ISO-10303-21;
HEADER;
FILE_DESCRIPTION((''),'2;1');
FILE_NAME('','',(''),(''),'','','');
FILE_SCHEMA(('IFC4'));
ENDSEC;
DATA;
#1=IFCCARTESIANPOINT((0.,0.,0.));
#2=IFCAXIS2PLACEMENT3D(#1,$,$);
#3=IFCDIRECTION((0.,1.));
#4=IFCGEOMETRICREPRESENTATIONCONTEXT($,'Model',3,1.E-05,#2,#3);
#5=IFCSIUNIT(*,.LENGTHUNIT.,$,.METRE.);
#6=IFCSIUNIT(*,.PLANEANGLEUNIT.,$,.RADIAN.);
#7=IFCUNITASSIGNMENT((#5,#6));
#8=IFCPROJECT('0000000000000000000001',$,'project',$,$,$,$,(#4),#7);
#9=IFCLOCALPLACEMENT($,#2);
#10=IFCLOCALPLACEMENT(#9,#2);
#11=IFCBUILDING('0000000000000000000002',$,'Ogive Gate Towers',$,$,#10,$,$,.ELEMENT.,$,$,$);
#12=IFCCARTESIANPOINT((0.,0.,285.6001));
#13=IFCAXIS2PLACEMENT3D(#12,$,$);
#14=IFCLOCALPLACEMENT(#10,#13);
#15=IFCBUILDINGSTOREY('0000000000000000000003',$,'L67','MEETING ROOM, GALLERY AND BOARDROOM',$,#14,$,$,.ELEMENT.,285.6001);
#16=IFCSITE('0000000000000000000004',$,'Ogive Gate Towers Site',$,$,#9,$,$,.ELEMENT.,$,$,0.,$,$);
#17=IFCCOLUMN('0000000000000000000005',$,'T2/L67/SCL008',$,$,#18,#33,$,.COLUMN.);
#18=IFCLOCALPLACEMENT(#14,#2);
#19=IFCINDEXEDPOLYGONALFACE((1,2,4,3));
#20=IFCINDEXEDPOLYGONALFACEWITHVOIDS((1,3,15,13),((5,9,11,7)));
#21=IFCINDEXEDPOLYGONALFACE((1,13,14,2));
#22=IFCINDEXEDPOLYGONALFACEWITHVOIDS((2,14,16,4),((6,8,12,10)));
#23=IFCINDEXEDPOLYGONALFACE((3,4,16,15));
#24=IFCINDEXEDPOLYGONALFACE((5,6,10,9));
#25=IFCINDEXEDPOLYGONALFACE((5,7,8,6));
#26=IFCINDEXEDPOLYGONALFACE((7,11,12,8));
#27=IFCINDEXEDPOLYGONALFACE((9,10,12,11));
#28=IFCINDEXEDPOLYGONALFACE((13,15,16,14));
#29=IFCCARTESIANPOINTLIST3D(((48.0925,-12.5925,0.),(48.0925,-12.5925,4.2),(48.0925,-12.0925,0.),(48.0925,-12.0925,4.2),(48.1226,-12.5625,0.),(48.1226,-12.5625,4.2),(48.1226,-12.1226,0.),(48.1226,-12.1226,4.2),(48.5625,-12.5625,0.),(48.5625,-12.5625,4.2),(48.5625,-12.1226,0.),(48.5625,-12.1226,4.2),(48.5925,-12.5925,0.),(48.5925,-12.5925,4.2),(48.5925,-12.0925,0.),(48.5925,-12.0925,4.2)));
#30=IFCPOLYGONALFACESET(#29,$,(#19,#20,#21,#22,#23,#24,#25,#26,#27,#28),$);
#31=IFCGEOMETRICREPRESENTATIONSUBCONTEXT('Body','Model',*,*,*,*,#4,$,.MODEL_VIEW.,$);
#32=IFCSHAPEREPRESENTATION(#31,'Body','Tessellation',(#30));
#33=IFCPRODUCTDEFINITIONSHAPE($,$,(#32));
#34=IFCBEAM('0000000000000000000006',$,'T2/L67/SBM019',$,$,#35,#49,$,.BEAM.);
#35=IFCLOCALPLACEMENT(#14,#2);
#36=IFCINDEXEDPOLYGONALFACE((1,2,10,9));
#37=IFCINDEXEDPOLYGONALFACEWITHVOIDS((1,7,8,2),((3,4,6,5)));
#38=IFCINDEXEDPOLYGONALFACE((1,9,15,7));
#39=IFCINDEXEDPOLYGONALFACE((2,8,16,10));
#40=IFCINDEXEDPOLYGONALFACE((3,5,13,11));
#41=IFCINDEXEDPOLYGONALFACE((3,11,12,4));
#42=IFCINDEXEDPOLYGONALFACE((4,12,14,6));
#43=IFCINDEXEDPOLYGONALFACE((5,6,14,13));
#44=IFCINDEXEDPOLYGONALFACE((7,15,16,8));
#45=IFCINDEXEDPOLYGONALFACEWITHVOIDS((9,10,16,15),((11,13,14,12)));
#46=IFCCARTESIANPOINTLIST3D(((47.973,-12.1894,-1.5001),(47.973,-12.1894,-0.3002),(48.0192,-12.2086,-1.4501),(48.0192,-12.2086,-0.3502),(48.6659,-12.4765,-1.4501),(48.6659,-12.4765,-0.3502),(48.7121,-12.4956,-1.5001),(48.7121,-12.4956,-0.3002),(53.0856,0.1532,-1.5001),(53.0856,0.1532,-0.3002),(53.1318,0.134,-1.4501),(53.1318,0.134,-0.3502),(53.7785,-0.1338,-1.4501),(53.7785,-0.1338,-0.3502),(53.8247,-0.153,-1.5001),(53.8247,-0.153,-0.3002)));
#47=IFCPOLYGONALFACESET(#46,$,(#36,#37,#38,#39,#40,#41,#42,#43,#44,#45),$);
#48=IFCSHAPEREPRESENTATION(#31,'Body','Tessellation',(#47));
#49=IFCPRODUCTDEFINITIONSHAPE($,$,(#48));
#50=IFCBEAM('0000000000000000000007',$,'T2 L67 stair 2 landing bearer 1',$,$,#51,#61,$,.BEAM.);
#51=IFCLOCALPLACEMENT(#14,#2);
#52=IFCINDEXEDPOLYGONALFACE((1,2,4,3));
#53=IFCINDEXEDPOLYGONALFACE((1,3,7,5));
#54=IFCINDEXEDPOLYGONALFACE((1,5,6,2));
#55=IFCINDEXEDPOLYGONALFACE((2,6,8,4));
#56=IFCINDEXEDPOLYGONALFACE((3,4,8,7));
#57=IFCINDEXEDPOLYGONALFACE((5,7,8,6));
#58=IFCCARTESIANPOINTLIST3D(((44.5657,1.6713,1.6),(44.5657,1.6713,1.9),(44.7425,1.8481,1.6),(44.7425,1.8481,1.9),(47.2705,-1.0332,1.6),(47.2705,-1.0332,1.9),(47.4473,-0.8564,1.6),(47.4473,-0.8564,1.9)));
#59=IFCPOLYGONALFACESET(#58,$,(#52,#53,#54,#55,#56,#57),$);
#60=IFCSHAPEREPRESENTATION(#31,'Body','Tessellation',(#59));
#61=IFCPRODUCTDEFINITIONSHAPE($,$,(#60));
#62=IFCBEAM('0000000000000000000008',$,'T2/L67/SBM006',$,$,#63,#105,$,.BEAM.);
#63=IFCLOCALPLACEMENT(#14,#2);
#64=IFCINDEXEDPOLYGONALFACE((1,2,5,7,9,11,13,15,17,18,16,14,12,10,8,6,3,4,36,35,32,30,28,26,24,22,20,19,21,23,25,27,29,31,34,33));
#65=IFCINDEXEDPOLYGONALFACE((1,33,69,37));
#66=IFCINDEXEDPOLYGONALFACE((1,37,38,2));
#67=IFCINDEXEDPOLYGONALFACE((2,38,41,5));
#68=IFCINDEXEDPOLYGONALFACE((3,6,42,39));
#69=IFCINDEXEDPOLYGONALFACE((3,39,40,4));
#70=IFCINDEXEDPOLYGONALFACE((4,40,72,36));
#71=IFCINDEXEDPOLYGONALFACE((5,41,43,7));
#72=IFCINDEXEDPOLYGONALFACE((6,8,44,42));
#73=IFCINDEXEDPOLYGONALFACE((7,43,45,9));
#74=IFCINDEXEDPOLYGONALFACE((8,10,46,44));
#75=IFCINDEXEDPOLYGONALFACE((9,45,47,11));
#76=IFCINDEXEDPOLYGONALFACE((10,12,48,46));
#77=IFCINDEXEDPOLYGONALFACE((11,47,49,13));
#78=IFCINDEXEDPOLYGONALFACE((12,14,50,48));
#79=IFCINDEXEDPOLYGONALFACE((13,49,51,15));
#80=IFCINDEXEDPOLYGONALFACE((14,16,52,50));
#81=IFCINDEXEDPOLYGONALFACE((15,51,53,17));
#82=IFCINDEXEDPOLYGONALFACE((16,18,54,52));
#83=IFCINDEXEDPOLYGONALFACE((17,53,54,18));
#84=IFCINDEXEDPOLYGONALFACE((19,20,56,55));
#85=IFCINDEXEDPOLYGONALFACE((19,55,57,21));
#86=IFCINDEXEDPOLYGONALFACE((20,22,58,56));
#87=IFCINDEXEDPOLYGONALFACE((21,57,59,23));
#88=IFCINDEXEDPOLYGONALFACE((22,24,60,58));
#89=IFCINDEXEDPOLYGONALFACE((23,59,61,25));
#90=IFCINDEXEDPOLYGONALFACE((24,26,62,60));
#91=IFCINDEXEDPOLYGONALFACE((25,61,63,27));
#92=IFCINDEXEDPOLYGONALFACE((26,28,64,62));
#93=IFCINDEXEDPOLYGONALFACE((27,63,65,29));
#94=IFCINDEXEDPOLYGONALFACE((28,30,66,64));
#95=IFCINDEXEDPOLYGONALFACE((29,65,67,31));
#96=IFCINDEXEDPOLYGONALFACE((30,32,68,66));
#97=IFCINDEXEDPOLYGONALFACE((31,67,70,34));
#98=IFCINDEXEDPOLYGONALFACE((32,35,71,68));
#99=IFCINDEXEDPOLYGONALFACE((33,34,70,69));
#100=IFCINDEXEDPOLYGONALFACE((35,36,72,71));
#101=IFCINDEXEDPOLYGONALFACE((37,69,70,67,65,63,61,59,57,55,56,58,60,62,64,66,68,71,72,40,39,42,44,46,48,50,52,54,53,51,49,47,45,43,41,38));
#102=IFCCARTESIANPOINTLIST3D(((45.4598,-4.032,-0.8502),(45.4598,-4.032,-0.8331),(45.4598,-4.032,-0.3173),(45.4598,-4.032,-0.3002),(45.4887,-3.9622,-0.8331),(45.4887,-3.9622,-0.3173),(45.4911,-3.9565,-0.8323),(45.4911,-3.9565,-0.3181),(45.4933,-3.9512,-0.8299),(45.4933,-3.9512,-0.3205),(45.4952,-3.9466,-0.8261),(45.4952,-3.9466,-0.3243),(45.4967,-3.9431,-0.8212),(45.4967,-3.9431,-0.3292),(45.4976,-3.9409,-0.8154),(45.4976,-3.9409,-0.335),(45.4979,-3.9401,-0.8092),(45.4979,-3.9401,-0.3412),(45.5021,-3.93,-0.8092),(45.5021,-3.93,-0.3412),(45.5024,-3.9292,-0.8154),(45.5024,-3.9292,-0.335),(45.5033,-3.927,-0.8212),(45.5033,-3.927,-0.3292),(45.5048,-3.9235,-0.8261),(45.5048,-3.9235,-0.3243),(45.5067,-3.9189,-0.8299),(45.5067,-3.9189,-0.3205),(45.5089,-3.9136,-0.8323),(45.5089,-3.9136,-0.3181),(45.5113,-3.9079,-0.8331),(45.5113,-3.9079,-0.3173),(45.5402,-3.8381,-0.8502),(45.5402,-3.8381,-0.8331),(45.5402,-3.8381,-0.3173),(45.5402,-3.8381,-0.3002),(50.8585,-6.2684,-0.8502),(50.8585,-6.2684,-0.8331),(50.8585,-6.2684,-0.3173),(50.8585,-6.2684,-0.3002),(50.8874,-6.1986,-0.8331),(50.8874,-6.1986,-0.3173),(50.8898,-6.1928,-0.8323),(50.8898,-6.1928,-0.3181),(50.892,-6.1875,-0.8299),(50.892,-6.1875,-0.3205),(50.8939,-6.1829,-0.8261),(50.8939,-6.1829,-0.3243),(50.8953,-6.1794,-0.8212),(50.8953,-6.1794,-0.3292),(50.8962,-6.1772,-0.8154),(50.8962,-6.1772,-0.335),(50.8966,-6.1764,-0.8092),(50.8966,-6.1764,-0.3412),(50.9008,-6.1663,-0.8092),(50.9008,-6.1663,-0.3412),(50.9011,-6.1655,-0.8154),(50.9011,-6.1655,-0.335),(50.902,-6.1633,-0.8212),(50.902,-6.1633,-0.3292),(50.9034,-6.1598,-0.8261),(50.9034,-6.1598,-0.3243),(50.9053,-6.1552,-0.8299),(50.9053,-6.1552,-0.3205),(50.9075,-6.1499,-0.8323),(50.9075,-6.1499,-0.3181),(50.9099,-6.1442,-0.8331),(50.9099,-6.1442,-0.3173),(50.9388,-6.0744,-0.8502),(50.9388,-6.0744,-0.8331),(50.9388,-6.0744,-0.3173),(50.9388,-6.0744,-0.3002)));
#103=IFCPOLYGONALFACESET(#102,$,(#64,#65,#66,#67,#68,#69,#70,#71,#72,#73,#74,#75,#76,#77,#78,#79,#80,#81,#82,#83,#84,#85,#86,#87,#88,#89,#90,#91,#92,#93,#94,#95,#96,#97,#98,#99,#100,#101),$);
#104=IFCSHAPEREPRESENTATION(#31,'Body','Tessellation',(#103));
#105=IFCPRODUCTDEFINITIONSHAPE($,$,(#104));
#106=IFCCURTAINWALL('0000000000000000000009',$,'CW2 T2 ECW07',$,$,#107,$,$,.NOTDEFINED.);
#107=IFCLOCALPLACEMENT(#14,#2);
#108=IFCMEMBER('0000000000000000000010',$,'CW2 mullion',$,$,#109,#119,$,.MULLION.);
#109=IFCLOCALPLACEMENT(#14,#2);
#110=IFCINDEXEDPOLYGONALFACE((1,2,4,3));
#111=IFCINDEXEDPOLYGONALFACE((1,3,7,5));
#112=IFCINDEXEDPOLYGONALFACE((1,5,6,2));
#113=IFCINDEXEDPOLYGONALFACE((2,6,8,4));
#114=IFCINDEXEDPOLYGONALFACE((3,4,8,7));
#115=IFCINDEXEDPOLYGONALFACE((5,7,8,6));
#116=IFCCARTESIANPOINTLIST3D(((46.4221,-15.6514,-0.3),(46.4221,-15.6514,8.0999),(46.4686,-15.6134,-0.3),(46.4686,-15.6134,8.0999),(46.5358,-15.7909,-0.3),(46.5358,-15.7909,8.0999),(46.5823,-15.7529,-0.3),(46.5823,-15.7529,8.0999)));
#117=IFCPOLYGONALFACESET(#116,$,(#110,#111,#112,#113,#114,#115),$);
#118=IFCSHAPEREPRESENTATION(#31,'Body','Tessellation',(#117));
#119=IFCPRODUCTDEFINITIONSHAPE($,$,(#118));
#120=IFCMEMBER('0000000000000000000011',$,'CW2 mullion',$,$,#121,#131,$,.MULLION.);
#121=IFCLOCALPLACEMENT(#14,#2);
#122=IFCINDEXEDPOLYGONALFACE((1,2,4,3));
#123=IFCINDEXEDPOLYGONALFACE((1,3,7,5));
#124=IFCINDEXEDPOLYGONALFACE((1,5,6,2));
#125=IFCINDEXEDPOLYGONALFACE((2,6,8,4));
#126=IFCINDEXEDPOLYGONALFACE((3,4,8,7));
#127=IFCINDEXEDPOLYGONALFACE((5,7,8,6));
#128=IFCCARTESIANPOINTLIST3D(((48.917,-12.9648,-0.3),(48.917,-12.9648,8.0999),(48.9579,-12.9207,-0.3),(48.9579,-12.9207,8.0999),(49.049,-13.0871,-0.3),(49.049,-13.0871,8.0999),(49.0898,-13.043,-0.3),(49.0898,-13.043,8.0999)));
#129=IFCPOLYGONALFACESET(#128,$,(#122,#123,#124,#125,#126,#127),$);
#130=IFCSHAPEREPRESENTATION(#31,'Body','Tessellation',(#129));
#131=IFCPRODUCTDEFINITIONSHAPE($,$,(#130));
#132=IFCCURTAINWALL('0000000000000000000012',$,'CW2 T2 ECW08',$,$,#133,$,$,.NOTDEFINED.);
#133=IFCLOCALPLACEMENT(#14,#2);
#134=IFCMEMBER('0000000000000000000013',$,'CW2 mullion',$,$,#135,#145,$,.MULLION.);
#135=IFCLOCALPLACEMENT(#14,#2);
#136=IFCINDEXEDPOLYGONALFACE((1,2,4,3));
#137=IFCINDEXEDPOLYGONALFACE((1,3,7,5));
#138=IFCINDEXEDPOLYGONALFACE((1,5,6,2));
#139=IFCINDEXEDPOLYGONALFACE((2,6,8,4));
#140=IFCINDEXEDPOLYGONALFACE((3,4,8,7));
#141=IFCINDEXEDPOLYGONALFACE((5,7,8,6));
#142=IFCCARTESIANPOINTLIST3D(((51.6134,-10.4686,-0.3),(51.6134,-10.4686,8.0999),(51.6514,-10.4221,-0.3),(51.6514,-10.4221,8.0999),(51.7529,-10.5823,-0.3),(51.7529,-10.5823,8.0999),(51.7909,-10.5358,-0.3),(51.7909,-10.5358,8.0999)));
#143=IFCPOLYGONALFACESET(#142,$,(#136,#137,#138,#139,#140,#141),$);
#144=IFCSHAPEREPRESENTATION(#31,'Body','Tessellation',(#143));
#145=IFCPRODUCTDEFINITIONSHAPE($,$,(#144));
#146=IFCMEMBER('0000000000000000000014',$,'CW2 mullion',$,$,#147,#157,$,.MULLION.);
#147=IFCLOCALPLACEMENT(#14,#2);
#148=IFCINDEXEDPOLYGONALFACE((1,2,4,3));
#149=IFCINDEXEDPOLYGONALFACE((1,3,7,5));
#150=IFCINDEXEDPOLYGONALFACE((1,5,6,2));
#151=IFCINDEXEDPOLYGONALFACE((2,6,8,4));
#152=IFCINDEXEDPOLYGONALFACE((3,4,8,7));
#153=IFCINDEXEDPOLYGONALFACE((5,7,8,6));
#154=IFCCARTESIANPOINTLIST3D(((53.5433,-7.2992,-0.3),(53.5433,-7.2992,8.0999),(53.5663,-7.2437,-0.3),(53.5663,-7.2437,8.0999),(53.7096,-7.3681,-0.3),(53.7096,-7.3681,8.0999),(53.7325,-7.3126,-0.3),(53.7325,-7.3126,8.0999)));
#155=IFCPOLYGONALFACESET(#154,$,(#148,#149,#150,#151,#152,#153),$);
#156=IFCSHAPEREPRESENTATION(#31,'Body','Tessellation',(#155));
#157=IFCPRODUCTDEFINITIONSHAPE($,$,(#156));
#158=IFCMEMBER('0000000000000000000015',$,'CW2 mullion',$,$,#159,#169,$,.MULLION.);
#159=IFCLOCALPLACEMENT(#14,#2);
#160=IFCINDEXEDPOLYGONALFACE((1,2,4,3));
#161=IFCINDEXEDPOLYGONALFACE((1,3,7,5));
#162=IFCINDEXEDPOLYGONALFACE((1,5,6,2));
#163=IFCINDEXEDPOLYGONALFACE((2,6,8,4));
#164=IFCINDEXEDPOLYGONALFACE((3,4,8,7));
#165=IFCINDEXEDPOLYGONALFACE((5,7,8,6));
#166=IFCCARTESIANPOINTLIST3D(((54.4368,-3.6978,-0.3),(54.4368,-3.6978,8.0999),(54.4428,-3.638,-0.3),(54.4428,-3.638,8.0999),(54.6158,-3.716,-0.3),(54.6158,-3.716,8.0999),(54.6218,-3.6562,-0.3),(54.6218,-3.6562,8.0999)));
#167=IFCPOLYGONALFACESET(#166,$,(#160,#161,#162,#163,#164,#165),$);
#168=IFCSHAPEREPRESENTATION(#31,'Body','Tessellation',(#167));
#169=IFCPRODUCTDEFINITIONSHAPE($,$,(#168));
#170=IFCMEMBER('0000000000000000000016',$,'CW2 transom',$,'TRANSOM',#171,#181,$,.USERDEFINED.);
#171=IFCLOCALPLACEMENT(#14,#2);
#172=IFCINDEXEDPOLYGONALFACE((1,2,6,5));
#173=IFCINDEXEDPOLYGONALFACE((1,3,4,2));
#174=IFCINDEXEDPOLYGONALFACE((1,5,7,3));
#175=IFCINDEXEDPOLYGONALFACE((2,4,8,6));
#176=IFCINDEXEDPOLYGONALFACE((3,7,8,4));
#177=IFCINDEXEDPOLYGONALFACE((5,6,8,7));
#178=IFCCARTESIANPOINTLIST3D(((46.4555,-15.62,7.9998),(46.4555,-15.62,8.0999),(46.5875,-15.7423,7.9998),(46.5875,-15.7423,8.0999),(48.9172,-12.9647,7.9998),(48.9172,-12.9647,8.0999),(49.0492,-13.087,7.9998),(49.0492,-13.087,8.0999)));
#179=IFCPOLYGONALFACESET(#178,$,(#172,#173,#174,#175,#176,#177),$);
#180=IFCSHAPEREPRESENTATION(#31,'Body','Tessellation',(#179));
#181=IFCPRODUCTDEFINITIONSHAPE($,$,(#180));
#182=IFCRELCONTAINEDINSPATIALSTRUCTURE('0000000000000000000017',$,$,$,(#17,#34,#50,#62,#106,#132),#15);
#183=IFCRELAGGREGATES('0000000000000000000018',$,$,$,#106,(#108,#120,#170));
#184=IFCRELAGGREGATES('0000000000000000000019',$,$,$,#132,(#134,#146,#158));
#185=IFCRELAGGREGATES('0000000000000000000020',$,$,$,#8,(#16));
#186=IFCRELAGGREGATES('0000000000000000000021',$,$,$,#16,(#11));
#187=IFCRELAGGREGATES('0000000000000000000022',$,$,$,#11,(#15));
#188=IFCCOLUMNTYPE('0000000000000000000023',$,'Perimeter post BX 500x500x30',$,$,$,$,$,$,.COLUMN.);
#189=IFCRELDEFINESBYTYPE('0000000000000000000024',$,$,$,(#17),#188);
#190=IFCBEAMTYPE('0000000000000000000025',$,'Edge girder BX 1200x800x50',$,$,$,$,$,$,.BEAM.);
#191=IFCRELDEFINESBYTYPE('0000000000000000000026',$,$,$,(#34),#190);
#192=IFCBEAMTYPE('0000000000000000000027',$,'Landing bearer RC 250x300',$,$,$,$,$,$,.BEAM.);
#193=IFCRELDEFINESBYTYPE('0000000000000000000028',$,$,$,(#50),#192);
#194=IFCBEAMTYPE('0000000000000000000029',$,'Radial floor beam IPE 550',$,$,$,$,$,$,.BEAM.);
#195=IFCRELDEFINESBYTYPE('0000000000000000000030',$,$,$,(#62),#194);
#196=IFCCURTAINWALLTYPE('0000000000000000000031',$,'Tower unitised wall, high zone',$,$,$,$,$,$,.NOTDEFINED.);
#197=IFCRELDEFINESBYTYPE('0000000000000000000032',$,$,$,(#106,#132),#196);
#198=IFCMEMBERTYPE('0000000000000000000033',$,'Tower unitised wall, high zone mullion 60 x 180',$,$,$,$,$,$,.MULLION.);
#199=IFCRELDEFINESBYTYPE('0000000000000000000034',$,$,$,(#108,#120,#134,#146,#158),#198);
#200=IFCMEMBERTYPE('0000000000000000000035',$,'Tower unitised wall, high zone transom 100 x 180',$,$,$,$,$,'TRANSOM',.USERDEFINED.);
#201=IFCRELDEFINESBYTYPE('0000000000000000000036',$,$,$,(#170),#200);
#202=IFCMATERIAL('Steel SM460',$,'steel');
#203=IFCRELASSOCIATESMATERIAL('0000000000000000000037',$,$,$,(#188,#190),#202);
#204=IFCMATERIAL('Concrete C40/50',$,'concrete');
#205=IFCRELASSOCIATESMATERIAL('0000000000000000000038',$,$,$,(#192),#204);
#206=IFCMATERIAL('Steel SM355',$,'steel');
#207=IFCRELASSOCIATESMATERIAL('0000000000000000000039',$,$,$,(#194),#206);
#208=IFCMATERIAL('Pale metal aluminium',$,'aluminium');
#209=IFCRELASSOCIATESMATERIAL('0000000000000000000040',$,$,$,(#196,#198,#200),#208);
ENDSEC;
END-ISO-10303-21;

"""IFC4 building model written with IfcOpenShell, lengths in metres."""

from ifc_helpers import new_model, si_unit, direction, frame, origin, origin_2d, place, context, subcontext, project, spatial, rectangle, hollow_rectangle, i_section, extrude, material, material_profile, profile_set, type_object, element, aggregate, save


model = new_model("IFC4")

# Units and contexts
model_context = context("Model", 3, precision=1e-05, world=origin(), true_north=direction((0.0, 1.0)))
body_context = subcontext(model_context, "Body", "Model", "MODEL_VIEW")
ifc_project = project(units=[si_unit("LENGTHUNIT", "METRE"), si_unit("PLANEANGLEUNIT", "RADIAN")], contexts=[model_context])

# Site, building, storey
site_placement = place(None, origin())
site = spatial("IfcSite", under=ifc_project, at=site_placement, Name="Ogive Gate Towers Site", CompositionType="ELEMENT", RefElevation=0.0)
building_placement = place(site_placement, origin())
building = spatial("IfcBuilding", under=site, at=building_placement, Name="Ogive Gate Towers", CompositionType="ELEMENT")
storey_placement = place(building_placement, frame((0.0, 0.0, 285.6001)))
storey = spatial("IfcBuildingStorey", under=building, at=storey_placement, Name="L67", Description="MEETING ROOM, GALLERY AND BOARDROOM", CompositionType="ELEMENT", Elevation=285.6001)

# Column
ifc_material_1 = material(Name="Steel SM460", Category="steel")
ifc_material_profile_1 = material_profile(ifc_material_1, hollow_rectangle(XDim=0.5, YDim=0.5, WallThickness=0.03, at=origin_2d()), Name="BX 500x500x30")
ifc_profile_set_1 = profile_set([ifc_material_profile_1], Name="Steel SM460")
column_type = type_object("IfcColumnType", Name="Perimeter post BX 500x500x30", PredefinedType="COLUMN", material=ifc_profile_set_1)
column_placement = place(storey_placement, frame((48.3425, -12.3425, 0.0), z_axis=(0.0, 0.0, 1.0), x_axis=(1.0, 0.0, 0.0)))
element("IfcColumn", 1, at=column_placement, inside=storey, type_object=column_type, Name="T2/L67/SCL008", PredefinedType="COLUMN", context=body_context, shape_type="SweptSolid", body=[
    extrude(hollow_rectangle(XDim=0.5, YDim=0.5, WallThickness=0.03, at=origin_2d()), origin(), (0.0, 0.0, 1.0), 4.2),
])

# Beams
ifc_material_profile_2 = material_profile(ifc_material_1, hollow_rectangle(XDim=0.8, YDim=1.2, WallThickness=0.05, at=origin_2d()), Name="BX 1200x800x50")
ifc_profile_set_2 = profile_set([ifc_material_profile_2], Name="Steel SM460")
beam_type_1 = type_object("IfcBeamType", Name="Edge girder BX 1200x800x50", PredefinedType="BEAM", material=ifc_profile_set_2)
beam_1_placement = place(storey_placement, frame((48.3425, -12.3425, -0.9001), z_axis=(0.38269, 0.923877, 0.0), x_axis=(-0.923877, 0.38269, 0.0)))
element("IfcBeam", 2, at=beam_1_placement, inside=storey, type_object=beam_type_1, Name="T2/L67/SBM019", PredefinedType="BEAM", context=body_context, shape_type="SweptSolid", body=[
    extrude(hollow_rectangle(XDim=0.8, YDim=1.2, WallThickness=0.05, at=origin_2d()), origin(), (0.0, 0.0, 1.0), 13.3596),
])
ifc_material_2 = material(Name="Concrete C40/50", Category="concrete")
ifc_material_profile_3 = material_profile(ifc_material_2, rectangle(XDim=0.25, YDim=0.3, at=origin_2d()), Name="RC 250x300")
ifc_profile_set_3 = profile_set([ifc_material_profile_3], Name="Concrete C40/50")
beam_type_2 = type_object("IfcBeamType", Name="Landing bearer RC 250x300", PredefinedType="BEAM", material=ifc_profile_set_3)
beam_2_placement = place(storey_placement, frame((47.3589, -0.9448, 1.75), z_axis=(-0.707139, 0.707075, 0.0), x_axis=(-0.707075, -0.707139, 0.0)))
element("IfcBeam", 3, at=beam_2_placement, inside=storey, type_object=beam_type_2, Name="T2 L67 stair 2 landing bearer 1", PredefinedType="BEAM", context=body_context, shape_type="SweptSolid", body=[
    extrude(rectangle(XDim=0.25, YDim=0.3, at=origin_2d()), origin(), (0.0, 0.0, 1.0), 3.825),
])
ifc_material_3 = material(Name="Steel SM355", Category="steel")
ifc_material_profile_4 = material_profile(ifc_material_3, i_section(OverallWidth=0.21, OverallDepth=0.55, WebThickness=0.011, FlangeThickness=0.0171, FilletRadius=0.0239, at=origin_2d()), Name="IPE 550")
ifc_profile_set_4 = profile_set([ifc_material_profile_4], Name="Steel SM355")
beam_type_3 = type_object("IfcBeamType", Name="Radial floor beam IPE 550", PredefinedType="BEAM", material=ifc_profile_set_4)
beam_3_placement = place(storey_placement, frame((45.5, -3.9351, -0.5752), z_axis=(0.923872, -0.382701, 0.0), x_axis=(0.382701, 0.923872, 0.0)))
element("IfcBeam", 4, at=beam_3_placement, inside=storey, type_object=beam_type_3, Name="T2/L67/SBM006", PredefinedType="BEAM", context=body_context, shape_type="SweptSolid", body=[
    extrude(i_section(OverallWidth=0.21, OverallDepth=0.55, WebThickness=0.011, FlangeThickness=0.0171, FilletRadius=0.0239, at=origin_2d()), origin(), (0.0, 0.0, 1.0), 5.8435),
])

# Curtain walls, members
ifc_material_4 = material(Name="Pale metal aluminium", Category="aluminium")
curtain_wall_type = type_object("IfcCurtainWallType", Name="Tower unitised wall, high zone", PredefinedType="NOTDEFINED", material=ifc_material_4)
curtain_wall_1_placement = place(storey_placement, origin())
curtain_wall_1 = element("IfcCurtainWall", 5, at=curtain_wall_1_placement, inside=storey, type_object=curtain_wall_type, Name="CW2 T2 ECW07", PredefinedType="NOTDEFINED")
ifc_material_profile_5 = material_profile(ifc_material_4, rectangle(XDim=0.1799, YDim=0.0601, at=origin_2d()), Name="60 x 180 aluminium box")
ifc_profile_set_5 = profile_set([ifc_material_profile_5], Name="Pale metal aluminium")
member_type_1 = type_object("IfcMemberType", Name="Tower unitised wall, high zone mullion 60 x 180", PredefinedType="MULLION", material=ifc_profile_set_5)
member_1_placement = place(storey_placement, frame((46.5022, -15.7021, -0.3), z_axis=(0.0, 0.0, 1.0), x_axis=(0.631813, -0.775121, 0.0)))
member_1 = element("IfcMember", 6, at=member_1_placement, type_object=member_type_1, Name="CW2 mullion", PredefinedType="MULLION", context=body_context, shape_type="SweptSolid", body=[
    extrude(rectangle(XDim=0.1799, YDim=0.0601, at=origin_2d()), origin(), (0.0, 0.0, 1.0), 8.3999),
])
member_2_placement = place(storey_placement, frame((49.0034, -13.0039, -0.3), z_axis=(0.0, 0.0, 1.0), x_axis=(0.733338, -0.679864, 0.0)))
member_2 = element("IfcMember", 7, at=member_2_placement, type_object=member_type_1, Name="CW2 mullion", PredefinedType="MULLION", context=body_context, shape_type="SweptSolid", body=[
    extrude(rectangle(XDim=0.1799, YDim=0.0601, at=origin_2d()), origin(), (0.0, 0.0, 1.0), 8.3999),
])
curtain_wall_2_placement = place(storey_placement, origin())
curtain_wall_2 = element("IfcCurtainWall", 8, at=curtain_wall_2_placement, inside=storey, type_object=curtain_wall_type, Name="CW2 T2 ECW08", PredefinedType="NOTDEFINED")
member_3_placement = place(storey_placement, frame((51.7021, -10.5022, -0.3), z_axis=(0.0, 0.0, 1.0), x_axis=(0.775121, -0.631813, 0.0)))
member_3 = element("IfcMember", 9, at=member_3_placement, type_object=member_type_1, Name="CW2 mullion", PredefinedType="MULLION", context=body_context, shape_type="SweptSolid", body=[
    extrude(rectangle(XDim=0.1799, YDim=0.0601, at=origin_2d()), origin(), (0.0, 0.0, 1.0), 8.3999),
])
member_4_placement = place(storey_placement, frame((53.6379, -7.3059, -0.3), z_axis=(0.0, 0.0, 1.0), x_axis=(0.92388, -0.382683, 0.0)))
member_4 = element("IfcMember", 10, at=member_4_placement, type_object=member_type_1, Name="CW2 mullion", PredefinedType="MULLION", context=body_context, shape_type="SweptSolid", body=[
    extrude(rectangle(XDim=0.1799, YDim=0.0601, at=origin_2d()), origin(), (0.0, 0.0, 1.0), 8.3999),
])
member_5_placement = place(storey_placement, frame((54.5293, -3.677, -0.3), z_axis=(0.0, 0.0, 1.0), x_axis=(0.994851, -0.101351, 0.0)))
member_5 = element("IfcMember", 11, at=member_5_placement, type_object=member_type_1, Name="CW2 mullion", PredefinedType="MULLION", context=body_context, shape_type="SweptSolid", body=[
    extrude(rectangle(XDim=0.1799, YDim=0.0601, at=origin_2d()), origin(), (0.0, 0.0, 1.0), 8.3999),
])

# Member
ifc_material_profile_6 = material_profile(ifc_material_4, rectangle(XDim=0.1799, YDim=0.1001, at=origin_2d()), Name="100 x 180 aluminium box")
ifc_profile_set_6 = profile_set([ifc_material_profile_6], Name="Pale metal aluminium")
member_type_2 = type_object("IfcMemberType", Name="Tower unitised wall, high zone transom 100 x 180", ElementType="TRANSOM", PredefinedType="USERDEFINED", material=ifc_profile_set_6)
member_6_placement = place(storey_placement, frame((46.5215, -15.6812, 8.0498), z_axis=(0.679866, 0.733336, 0.0), x_axis=(-0.733336, 0.679866, 0.0)))
member_6 = element("IfcMember", 12, at=member_6_placement, type_object=member_type_2, Name="CW2 transom", ObjectType="TRANSOM", PredefinedType="USERDEFINED", context=body_context, shape_type="SweptSolid", body=[
    extrude(rectangle(XDim=0.1799, YDim=0.1001, at=origin_2d()), origin(), (0.0, 0.0, 1.0), 3.6208),
])

aggregate(curtain_wall_1, [member_1, member_2, member_6])
aggregate(curtain_wall_2, [member_3, member_4, member_5])

save(model, "model.ifc")
